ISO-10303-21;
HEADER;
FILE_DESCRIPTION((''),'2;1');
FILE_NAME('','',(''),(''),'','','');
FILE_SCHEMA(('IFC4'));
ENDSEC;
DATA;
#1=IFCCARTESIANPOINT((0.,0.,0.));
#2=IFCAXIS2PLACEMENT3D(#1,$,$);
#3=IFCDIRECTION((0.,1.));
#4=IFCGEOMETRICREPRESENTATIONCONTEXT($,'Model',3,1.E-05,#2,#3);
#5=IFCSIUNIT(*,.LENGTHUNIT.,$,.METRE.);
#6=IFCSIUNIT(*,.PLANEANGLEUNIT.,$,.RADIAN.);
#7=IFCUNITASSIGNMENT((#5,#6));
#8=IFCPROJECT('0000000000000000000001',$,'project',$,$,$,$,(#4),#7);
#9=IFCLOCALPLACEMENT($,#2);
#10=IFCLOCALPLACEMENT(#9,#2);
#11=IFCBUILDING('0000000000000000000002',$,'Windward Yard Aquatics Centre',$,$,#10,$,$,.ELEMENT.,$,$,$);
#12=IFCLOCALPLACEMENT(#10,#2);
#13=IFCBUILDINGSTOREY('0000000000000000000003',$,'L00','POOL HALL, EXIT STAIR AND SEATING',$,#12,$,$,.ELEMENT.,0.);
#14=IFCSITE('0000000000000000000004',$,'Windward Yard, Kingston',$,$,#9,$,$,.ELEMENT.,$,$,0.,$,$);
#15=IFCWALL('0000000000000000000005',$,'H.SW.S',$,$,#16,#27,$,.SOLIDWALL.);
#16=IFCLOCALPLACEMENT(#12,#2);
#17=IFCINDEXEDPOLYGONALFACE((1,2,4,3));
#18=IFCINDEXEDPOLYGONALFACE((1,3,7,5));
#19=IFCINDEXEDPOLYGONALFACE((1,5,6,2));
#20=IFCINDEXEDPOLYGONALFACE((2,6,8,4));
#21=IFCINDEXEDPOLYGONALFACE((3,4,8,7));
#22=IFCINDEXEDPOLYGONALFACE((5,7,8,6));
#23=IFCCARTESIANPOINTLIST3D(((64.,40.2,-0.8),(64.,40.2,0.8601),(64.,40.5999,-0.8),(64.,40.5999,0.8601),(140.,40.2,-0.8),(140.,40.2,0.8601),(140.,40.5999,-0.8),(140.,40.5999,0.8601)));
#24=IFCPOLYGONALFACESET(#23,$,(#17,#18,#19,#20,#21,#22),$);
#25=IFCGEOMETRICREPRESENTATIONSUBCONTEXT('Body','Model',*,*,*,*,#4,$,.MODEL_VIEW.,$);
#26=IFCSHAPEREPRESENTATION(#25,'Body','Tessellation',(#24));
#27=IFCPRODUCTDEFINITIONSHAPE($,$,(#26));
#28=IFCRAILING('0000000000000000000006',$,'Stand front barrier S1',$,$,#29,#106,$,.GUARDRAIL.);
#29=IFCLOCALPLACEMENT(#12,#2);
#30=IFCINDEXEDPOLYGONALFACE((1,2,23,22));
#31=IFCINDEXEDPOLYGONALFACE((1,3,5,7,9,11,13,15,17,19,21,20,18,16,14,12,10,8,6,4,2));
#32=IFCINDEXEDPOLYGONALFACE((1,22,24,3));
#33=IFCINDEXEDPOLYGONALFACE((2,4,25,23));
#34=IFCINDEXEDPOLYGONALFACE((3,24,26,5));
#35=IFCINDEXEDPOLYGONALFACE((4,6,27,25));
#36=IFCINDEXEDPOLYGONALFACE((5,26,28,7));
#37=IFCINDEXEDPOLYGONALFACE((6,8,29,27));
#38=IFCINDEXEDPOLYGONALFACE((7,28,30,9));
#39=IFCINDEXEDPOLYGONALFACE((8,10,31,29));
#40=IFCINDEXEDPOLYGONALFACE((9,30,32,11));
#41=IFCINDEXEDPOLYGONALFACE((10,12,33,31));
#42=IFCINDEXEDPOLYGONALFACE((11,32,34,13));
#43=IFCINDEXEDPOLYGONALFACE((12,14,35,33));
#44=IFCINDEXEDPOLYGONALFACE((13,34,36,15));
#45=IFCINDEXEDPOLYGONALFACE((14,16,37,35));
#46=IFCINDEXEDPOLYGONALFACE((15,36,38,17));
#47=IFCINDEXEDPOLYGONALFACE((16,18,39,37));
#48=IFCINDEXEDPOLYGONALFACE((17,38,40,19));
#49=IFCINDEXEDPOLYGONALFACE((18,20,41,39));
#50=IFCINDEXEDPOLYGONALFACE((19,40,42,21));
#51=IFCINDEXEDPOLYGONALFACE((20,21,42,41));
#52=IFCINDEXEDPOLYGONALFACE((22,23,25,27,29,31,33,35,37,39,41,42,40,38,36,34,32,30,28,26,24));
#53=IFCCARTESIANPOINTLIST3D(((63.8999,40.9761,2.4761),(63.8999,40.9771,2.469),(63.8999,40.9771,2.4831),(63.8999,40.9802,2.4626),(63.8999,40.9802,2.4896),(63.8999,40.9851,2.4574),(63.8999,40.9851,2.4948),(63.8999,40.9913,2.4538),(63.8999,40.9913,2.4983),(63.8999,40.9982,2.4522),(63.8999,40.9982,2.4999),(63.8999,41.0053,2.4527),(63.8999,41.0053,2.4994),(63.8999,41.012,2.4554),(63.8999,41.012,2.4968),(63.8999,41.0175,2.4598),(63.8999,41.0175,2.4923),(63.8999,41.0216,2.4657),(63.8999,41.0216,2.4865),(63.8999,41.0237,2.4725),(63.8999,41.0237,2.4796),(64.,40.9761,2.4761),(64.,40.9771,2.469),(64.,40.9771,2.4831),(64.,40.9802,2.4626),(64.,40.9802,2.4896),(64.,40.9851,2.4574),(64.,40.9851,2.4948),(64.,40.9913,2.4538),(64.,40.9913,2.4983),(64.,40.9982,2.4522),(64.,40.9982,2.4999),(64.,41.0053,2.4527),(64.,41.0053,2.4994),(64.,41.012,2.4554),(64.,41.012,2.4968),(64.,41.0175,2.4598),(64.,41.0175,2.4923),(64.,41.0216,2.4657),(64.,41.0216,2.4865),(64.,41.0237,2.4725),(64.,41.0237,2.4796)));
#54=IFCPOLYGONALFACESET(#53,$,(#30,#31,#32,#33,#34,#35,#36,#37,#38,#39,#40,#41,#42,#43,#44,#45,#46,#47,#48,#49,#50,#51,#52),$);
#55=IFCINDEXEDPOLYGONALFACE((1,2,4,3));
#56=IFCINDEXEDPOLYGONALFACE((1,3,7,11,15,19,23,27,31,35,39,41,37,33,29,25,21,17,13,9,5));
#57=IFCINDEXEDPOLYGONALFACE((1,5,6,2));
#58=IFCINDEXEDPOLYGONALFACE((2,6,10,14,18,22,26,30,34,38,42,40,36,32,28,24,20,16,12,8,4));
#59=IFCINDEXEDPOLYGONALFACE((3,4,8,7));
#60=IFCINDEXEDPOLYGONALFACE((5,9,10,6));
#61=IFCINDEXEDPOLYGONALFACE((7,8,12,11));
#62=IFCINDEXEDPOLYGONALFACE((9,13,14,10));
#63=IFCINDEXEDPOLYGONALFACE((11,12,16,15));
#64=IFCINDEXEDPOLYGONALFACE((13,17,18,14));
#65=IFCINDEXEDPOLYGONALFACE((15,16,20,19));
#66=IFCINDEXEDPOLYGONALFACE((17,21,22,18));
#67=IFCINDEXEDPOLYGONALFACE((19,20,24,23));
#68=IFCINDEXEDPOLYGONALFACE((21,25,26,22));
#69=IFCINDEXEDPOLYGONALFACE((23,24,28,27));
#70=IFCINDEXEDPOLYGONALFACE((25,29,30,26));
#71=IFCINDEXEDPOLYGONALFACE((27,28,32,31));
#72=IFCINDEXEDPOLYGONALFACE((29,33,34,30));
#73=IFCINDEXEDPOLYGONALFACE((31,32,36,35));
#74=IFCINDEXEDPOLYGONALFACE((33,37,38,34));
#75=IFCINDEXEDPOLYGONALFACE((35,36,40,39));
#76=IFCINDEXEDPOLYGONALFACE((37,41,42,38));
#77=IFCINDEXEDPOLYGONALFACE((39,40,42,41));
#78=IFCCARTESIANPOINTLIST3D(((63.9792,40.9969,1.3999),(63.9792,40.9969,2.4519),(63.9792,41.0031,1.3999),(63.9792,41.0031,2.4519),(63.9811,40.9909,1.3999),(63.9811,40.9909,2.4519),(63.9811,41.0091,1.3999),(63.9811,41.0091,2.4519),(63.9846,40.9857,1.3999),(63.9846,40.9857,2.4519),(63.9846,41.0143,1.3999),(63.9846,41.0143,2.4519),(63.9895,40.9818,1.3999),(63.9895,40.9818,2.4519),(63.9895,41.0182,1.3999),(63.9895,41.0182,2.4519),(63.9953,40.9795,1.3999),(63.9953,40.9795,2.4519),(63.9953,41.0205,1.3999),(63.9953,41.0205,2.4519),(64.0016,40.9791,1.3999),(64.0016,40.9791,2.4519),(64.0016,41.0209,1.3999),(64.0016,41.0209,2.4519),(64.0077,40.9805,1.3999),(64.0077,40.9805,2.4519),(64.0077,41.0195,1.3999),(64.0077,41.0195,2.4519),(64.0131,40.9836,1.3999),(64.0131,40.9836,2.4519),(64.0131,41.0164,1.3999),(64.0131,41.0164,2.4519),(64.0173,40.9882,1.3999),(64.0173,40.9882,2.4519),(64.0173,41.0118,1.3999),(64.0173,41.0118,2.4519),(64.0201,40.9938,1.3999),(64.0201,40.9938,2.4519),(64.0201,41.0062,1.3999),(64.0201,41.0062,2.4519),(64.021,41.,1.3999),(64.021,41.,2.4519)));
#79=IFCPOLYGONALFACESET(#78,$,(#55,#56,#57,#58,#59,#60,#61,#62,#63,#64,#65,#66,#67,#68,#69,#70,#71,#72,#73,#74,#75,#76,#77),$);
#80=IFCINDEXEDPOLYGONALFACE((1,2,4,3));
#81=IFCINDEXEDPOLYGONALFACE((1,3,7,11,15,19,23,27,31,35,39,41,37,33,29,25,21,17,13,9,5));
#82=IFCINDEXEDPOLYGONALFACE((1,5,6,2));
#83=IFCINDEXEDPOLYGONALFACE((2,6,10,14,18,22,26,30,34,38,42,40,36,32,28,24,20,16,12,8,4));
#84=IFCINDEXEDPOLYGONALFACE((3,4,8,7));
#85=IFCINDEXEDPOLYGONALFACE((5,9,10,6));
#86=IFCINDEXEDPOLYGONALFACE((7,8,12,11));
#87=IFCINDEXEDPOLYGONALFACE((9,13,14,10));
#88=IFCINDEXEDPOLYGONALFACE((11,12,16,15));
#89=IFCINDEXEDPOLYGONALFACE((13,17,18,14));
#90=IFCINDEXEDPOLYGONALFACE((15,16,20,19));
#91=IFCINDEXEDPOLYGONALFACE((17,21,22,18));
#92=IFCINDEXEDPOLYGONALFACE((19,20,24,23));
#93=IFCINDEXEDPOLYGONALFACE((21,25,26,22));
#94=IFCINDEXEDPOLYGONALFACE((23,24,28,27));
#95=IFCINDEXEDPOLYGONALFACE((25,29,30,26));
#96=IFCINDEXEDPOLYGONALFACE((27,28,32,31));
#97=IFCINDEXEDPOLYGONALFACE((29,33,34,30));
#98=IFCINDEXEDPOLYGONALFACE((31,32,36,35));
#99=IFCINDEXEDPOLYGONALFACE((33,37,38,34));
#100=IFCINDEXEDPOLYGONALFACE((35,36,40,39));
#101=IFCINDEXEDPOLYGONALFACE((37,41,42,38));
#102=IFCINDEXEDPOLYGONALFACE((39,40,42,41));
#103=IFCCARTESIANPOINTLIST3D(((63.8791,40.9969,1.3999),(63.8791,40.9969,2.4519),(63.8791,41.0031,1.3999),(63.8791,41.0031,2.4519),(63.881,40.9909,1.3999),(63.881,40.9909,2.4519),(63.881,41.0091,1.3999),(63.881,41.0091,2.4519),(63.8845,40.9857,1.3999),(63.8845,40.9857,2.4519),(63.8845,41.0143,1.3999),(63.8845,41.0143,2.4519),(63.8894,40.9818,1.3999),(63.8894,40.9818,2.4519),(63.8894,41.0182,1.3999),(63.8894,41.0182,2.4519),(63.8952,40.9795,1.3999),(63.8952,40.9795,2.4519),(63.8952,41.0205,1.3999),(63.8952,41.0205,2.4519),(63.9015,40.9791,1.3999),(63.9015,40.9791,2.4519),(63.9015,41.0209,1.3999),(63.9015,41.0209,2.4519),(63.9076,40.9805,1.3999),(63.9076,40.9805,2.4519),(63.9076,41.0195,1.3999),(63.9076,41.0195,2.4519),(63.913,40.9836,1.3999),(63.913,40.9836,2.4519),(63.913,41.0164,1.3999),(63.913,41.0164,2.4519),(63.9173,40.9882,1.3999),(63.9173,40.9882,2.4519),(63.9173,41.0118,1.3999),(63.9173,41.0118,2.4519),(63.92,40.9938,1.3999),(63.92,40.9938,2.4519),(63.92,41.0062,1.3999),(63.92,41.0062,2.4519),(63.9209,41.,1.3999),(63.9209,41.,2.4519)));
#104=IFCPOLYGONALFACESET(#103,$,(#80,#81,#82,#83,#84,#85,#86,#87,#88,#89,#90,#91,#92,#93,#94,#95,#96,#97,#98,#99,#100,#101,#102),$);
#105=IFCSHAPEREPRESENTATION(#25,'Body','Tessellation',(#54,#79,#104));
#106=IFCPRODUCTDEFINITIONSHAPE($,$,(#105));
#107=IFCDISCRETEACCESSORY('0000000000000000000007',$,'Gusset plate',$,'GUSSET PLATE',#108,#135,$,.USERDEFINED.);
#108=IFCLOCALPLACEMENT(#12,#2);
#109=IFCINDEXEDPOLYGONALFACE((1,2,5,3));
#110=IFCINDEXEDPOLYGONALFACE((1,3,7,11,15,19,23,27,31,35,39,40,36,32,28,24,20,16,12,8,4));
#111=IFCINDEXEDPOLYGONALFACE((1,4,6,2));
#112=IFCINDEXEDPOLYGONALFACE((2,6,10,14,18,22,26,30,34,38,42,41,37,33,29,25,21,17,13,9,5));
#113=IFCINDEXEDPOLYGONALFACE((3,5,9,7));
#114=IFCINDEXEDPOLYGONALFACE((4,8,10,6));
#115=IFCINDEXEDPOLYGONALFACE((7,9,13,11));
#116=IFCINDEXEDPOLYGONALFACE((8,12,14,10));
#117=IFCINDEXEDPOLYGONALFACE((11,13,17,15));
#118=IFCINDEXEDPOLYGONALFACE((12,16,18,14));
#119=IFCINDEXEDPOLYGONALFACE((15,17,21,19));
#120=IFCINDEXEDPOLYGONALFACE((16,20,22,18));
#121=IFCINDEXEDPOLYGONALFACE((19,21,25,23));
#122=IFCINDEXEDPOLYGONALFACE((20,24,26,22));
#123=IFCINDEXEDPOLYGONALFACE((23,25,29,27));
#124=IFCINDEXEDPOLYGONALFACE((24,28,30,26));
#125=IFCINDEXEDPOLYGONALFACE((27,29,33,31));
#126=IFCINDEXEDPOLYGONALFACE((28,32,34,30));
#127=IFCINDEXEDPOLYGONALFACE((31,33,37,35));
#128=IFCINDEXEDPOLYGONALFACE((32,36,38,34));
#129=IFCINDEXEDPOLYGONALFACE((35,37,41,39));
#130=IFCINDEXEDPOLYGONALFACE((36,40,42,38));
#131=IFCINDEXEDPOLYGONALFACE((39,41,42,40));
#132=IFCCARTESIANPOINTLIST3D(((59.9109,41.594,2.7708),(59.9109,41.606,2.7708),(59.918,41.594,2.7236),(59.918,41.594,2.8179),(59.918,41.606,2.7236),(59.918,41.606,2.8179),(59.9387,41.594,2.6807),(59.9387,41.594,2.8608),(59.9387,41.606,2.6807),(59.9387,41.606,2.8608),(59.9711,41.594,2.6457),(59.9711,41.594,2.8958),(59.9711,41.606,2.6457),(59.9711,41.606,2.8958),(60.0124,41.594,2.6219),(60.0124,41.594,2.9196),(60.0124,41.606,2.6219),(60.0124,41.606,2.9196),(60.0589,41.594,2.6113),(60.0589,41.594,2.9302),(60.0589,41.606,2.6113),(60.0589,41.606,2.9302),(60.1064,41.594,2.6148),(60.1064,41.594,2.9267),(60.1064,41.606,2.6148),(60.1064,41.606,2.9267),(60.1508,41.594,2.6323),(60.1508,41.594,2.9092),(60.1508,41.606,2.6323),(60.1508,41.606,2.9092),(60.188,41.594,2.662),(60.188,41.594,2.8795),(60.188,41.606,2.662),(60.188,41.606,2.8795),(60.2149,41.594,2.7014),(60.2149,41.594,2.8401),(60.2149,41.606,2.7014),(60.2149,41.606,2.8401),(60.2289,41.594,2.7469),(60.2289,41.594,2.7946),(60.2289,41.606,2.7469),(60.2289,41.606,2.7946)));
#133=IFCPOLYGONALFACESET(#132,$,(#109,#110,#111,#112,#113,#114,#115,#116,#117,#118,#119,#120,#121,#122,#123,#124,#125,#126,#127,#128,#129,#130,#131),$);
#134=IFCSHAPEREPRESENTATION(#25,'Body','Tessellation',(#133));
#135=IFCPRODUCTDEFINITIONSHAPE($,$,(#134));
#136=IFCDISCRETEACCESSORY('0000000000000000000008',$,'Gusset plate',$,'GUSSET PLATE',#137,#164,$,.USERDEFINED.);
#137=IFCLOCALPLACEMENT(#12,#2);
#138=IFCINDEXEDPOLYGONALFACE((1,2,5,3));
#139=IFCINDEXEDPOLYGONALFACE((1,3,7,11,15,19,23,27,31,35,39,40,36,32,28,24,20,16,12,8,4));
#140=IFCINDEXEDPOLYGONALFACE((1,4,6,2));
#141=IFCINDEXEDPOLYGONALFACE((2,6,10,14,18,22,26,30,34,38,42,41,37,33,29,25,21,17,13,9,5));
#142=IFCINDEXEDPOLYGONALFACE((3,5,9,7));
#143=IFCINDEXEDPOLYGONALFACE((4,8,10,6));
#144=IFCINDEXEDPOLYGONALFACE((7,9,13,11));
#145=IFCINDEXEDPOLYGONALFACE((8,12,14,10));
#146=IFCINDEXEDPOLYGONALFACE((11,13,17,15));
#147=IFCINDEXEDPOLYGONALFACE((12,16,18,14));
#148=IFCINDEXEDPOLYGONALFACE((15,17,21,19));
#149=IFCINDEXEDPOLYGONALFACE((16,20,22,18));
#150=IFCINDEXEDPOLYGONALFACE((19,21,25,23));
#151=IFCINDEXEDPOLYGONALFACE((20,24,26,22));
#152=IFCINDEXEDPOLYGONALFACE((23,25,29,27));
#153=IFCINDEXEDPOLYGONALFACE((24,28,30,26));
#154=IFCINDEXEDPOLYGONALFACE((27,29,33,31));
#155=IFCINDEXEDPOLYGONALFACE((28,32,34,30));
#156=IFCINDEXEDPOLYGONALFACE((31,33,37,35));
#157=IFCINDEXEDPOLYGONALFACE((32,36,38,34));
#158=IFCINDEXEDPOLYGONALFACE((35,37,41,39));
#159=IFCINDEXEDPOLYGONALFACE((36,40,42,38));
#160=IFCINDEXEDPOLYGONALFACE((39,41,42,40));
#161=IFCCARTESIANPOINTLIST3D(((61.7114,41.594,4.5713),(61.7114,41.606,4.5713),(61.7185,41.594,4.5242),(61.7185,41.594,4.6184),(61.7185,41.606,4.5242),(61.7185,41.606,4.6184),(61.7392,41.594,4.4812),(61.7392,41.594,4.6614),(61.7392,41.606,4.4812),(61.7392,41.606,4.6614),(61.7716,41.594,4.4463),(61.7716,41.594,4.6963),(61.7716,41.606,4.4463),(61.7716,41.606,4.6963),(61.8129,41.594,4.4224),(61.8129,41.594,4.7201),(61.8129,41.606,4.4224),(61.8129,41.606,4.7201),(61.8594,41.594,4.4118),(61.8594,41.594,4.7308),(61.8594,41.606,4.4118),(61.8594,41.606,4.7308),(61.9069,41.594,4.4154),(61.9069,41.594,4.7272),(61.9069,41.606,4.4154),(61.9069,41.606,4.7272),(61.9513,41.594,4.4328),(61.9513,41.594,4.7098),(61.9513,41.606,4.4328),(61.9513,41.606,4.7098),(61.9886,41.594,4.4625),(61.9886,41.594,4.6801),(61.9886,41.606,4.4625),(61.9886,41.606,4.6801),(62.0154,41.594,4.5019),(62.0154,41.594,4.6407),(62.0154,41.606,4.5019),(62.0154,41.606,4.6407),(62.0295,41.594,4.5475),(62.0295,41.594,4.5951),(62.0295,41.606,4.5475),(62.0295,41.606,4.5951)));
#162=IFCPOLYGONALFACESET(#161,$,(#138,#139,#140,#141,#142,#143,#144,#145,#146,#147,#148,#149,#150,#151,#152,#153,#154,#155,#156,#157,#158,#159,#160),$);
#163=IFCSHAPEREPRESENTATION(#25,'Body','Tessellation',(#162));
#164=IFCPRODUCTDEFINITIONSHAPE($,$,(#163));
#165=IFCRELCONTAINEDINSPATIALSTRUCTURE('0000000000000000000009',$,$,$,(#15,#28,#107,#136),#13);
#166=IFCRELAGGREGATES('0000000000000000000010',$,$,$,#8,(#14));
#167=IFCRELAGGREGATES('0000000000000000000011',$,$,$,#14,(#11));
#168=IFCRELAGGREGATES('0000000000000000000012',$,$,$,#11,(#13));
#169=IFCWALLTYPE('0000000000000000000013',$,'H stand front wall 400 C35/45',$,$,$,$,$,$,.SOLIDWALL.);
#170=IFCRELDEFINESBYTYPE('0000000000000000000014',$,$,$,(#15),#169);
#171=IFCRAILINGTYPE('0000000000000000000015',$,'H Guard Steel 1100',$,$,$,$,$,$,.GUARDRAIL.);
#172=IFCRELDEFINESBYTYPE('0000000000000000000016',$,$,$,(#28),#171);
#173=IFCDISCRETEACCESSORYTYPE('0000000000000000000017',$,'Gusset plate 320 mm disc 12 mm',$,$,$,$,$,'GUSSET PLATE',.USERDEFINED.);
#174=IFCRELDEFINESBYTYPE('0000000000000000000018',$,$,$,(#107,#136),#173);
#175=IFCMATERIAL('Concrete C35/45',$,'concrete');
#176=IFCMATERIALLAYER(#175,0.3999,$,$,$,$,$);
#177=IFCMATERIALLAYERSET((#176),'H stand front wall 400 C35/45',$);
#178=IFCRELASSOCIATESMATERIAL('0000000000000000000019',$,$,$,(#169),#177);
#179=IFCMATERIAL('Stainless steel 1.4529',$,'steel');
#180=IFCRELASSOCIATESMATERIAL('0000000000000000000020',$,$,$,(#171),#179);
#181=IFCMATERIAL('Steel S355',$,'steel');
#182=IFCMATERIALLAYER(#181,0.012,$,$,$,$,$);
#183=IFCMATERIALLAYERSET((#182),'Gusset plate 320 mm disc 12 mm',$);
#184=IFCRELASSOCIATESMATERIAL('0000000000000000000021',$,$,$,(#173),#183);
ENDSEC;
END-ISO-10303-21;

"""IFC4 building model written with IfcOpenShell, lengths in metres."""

from ifc_helpers import new_model, si_unit, direction, frame, frame_2d, origin, origin_2d, place, context, subcontext, project, spatial, rectangle, circle, extrude, material, layer, layer_set, type_object, element, save


model = new_model("IFC4")

# Units and contexts
model_context = context("Model", 3, precision=1e-05, world=origin(), true_north=direction((0.0, 1.0)))
body_context = subcontext(model_context, "Body", "Model", "MODEL_VIEW")
ifc_project = project(units=[si_unit("LENGTHUNIT", "METRE"), si_unit("PLANEANGLEUNIT", "RADIAN")], contexts=[model_context])

# Site, building, storey
site_placement = place(None, origin())
site = spatial("IfcSite", under=ifc_project, at=site_placement, Name="Windward Yard, Kingston", CompositionType="ELEMENT", RefElevation=0.0)
building_placement = place(site_placement, origin())
building = spatial("IfcBuilding", under=site, at=building_placement, Name="Windward Yard Aquatics Centre", CompositionType="ELEMENT")
storey_placement = place(building_placement, origin())
storey = spatial("IfcBuildingStorey", under=building, at=storey_placement, Name="L00", Description="POOL HALL, EXIT STAIR AND SEATING", CompositionType="ELEMENT", Elevation=0.0)

# Shared definitions
ifc_material_1 = material(Name="Concrete C35/45", Category="concrete")

# Wall
ifc_layer_1 = layer(ifc_material_1, 0.3999)
ifc_layer_set_1 = layer_set([ifc_layer_1], Name="H stand front wall 400 C35/45")
wall_type_1 = type_object("IfcWallType", Name="H stand front wall 400 C35/45", PredefinedType="SOLIDWALL", material=ifc_layer_set_1)
wall_1_placement = place(storey_placement, frame((64.0, 40.3999, -0.8), z_axis=(0.0, 0.0, 1.0), x_axis=(1.0, 0.0, 0.0)))
element("IfcWall", 1, at=wall_1_placement, inside=storey, type_object=wall_type_1, Name="H.SW.S", PredefinedType="SOLIDWALL", context=body_context, shape_type="SweptSolid", body=[
    extrude(rectangle(XDim=76.0, YDim=0.3999, at=frame_2d((38.0, 0.0))), origin(), (0.0, 0.0, 1.0), 1.6602),
])

# Railing
ifc_material_2 = material(Name="Stainless steel 1.4529", Category="steel")
railing_type = type_object("IfcRailingType", Name="H Guard Steel 1100", PredefinedType="GUARDRAIL", material=ifc_material_2)
railing_1_placement = place(storey_placement, frame((64.0, 41.0, 1.3999)))
element("IfcRailing", 2, at=railing_1_placement, inside=storey, type_object=railing_type, Name="Stand front barrier S1", PredefinedType="GUARDRAIL", context=body_context, shape_type="SweptSolid", body=[
    extrude(circle(Radius=0.0239, at=origin_2d()), frame((0.0, 0.0, 1.0762), z_axis=(-1.0, 0.0, 0.0), x_axis=(0.0, -1.0, 0.0)), (0.0, 0.0, 1.0), 0.1001),
    extrude(circle(Radius=0.021, at=origin_2d()), origin(), (0.0, 0.0, 1.0), 1.052),
    extrude(circle(Radius=0.021, at=origin_2d()), frame((-0.1001, 0.0, 0.0)), (0.0, 0.0, 1.0), 1.052),
])

# Discrete accessories
ifc_material_3 = material(Name="Steel S355", Category="steel")
ifc_layer_2 = layer(ifc_material_3, 0.012)
ifc_layer_set_2 = layer_set([ifc_layer_2], Name="Gusset plate 320 mm disc 12 mm")
discrete_accessory_type = type_object("IfcDiscreteAccessoryType", Name="Gusset plate 320 mm disc 12 mm", ElementType="GUSSET PLATE", PredefinedType="USERDEFINED", material=ifc_layer_set_2)
for number, where, z_axis, x_axis, name in (
    (3, (60.0708, 41.594, 2.7708), (0.0, 1.0, 0.0), (-1.0, 0.0, 0.0), "Gusset plate"),
    (4, (61.8713, 41.594, 4.5713), (0.0, 1.0, 0.0), (-1.0, 0.0, 0.0), "Gusset plate"),
):
    element("IfcDiscreteAccessory", number, at=place(storey_placement, frame(where, z_axis=z_axis, x_axis=x_axis)), inside=storey, type_object=discrete_accessory_type, Name=name, ObjectType="GUSSET PLATE", PredefinedType="USERDEFINED", context=body_context, shape_type="SweptSolid", body=[
        extrude(circle(Radius=0.1599, at=origin_2d()), origin(), (0.0, 0.0, 1.0), 0.012),
    ])

save(model, "model.ifc")
